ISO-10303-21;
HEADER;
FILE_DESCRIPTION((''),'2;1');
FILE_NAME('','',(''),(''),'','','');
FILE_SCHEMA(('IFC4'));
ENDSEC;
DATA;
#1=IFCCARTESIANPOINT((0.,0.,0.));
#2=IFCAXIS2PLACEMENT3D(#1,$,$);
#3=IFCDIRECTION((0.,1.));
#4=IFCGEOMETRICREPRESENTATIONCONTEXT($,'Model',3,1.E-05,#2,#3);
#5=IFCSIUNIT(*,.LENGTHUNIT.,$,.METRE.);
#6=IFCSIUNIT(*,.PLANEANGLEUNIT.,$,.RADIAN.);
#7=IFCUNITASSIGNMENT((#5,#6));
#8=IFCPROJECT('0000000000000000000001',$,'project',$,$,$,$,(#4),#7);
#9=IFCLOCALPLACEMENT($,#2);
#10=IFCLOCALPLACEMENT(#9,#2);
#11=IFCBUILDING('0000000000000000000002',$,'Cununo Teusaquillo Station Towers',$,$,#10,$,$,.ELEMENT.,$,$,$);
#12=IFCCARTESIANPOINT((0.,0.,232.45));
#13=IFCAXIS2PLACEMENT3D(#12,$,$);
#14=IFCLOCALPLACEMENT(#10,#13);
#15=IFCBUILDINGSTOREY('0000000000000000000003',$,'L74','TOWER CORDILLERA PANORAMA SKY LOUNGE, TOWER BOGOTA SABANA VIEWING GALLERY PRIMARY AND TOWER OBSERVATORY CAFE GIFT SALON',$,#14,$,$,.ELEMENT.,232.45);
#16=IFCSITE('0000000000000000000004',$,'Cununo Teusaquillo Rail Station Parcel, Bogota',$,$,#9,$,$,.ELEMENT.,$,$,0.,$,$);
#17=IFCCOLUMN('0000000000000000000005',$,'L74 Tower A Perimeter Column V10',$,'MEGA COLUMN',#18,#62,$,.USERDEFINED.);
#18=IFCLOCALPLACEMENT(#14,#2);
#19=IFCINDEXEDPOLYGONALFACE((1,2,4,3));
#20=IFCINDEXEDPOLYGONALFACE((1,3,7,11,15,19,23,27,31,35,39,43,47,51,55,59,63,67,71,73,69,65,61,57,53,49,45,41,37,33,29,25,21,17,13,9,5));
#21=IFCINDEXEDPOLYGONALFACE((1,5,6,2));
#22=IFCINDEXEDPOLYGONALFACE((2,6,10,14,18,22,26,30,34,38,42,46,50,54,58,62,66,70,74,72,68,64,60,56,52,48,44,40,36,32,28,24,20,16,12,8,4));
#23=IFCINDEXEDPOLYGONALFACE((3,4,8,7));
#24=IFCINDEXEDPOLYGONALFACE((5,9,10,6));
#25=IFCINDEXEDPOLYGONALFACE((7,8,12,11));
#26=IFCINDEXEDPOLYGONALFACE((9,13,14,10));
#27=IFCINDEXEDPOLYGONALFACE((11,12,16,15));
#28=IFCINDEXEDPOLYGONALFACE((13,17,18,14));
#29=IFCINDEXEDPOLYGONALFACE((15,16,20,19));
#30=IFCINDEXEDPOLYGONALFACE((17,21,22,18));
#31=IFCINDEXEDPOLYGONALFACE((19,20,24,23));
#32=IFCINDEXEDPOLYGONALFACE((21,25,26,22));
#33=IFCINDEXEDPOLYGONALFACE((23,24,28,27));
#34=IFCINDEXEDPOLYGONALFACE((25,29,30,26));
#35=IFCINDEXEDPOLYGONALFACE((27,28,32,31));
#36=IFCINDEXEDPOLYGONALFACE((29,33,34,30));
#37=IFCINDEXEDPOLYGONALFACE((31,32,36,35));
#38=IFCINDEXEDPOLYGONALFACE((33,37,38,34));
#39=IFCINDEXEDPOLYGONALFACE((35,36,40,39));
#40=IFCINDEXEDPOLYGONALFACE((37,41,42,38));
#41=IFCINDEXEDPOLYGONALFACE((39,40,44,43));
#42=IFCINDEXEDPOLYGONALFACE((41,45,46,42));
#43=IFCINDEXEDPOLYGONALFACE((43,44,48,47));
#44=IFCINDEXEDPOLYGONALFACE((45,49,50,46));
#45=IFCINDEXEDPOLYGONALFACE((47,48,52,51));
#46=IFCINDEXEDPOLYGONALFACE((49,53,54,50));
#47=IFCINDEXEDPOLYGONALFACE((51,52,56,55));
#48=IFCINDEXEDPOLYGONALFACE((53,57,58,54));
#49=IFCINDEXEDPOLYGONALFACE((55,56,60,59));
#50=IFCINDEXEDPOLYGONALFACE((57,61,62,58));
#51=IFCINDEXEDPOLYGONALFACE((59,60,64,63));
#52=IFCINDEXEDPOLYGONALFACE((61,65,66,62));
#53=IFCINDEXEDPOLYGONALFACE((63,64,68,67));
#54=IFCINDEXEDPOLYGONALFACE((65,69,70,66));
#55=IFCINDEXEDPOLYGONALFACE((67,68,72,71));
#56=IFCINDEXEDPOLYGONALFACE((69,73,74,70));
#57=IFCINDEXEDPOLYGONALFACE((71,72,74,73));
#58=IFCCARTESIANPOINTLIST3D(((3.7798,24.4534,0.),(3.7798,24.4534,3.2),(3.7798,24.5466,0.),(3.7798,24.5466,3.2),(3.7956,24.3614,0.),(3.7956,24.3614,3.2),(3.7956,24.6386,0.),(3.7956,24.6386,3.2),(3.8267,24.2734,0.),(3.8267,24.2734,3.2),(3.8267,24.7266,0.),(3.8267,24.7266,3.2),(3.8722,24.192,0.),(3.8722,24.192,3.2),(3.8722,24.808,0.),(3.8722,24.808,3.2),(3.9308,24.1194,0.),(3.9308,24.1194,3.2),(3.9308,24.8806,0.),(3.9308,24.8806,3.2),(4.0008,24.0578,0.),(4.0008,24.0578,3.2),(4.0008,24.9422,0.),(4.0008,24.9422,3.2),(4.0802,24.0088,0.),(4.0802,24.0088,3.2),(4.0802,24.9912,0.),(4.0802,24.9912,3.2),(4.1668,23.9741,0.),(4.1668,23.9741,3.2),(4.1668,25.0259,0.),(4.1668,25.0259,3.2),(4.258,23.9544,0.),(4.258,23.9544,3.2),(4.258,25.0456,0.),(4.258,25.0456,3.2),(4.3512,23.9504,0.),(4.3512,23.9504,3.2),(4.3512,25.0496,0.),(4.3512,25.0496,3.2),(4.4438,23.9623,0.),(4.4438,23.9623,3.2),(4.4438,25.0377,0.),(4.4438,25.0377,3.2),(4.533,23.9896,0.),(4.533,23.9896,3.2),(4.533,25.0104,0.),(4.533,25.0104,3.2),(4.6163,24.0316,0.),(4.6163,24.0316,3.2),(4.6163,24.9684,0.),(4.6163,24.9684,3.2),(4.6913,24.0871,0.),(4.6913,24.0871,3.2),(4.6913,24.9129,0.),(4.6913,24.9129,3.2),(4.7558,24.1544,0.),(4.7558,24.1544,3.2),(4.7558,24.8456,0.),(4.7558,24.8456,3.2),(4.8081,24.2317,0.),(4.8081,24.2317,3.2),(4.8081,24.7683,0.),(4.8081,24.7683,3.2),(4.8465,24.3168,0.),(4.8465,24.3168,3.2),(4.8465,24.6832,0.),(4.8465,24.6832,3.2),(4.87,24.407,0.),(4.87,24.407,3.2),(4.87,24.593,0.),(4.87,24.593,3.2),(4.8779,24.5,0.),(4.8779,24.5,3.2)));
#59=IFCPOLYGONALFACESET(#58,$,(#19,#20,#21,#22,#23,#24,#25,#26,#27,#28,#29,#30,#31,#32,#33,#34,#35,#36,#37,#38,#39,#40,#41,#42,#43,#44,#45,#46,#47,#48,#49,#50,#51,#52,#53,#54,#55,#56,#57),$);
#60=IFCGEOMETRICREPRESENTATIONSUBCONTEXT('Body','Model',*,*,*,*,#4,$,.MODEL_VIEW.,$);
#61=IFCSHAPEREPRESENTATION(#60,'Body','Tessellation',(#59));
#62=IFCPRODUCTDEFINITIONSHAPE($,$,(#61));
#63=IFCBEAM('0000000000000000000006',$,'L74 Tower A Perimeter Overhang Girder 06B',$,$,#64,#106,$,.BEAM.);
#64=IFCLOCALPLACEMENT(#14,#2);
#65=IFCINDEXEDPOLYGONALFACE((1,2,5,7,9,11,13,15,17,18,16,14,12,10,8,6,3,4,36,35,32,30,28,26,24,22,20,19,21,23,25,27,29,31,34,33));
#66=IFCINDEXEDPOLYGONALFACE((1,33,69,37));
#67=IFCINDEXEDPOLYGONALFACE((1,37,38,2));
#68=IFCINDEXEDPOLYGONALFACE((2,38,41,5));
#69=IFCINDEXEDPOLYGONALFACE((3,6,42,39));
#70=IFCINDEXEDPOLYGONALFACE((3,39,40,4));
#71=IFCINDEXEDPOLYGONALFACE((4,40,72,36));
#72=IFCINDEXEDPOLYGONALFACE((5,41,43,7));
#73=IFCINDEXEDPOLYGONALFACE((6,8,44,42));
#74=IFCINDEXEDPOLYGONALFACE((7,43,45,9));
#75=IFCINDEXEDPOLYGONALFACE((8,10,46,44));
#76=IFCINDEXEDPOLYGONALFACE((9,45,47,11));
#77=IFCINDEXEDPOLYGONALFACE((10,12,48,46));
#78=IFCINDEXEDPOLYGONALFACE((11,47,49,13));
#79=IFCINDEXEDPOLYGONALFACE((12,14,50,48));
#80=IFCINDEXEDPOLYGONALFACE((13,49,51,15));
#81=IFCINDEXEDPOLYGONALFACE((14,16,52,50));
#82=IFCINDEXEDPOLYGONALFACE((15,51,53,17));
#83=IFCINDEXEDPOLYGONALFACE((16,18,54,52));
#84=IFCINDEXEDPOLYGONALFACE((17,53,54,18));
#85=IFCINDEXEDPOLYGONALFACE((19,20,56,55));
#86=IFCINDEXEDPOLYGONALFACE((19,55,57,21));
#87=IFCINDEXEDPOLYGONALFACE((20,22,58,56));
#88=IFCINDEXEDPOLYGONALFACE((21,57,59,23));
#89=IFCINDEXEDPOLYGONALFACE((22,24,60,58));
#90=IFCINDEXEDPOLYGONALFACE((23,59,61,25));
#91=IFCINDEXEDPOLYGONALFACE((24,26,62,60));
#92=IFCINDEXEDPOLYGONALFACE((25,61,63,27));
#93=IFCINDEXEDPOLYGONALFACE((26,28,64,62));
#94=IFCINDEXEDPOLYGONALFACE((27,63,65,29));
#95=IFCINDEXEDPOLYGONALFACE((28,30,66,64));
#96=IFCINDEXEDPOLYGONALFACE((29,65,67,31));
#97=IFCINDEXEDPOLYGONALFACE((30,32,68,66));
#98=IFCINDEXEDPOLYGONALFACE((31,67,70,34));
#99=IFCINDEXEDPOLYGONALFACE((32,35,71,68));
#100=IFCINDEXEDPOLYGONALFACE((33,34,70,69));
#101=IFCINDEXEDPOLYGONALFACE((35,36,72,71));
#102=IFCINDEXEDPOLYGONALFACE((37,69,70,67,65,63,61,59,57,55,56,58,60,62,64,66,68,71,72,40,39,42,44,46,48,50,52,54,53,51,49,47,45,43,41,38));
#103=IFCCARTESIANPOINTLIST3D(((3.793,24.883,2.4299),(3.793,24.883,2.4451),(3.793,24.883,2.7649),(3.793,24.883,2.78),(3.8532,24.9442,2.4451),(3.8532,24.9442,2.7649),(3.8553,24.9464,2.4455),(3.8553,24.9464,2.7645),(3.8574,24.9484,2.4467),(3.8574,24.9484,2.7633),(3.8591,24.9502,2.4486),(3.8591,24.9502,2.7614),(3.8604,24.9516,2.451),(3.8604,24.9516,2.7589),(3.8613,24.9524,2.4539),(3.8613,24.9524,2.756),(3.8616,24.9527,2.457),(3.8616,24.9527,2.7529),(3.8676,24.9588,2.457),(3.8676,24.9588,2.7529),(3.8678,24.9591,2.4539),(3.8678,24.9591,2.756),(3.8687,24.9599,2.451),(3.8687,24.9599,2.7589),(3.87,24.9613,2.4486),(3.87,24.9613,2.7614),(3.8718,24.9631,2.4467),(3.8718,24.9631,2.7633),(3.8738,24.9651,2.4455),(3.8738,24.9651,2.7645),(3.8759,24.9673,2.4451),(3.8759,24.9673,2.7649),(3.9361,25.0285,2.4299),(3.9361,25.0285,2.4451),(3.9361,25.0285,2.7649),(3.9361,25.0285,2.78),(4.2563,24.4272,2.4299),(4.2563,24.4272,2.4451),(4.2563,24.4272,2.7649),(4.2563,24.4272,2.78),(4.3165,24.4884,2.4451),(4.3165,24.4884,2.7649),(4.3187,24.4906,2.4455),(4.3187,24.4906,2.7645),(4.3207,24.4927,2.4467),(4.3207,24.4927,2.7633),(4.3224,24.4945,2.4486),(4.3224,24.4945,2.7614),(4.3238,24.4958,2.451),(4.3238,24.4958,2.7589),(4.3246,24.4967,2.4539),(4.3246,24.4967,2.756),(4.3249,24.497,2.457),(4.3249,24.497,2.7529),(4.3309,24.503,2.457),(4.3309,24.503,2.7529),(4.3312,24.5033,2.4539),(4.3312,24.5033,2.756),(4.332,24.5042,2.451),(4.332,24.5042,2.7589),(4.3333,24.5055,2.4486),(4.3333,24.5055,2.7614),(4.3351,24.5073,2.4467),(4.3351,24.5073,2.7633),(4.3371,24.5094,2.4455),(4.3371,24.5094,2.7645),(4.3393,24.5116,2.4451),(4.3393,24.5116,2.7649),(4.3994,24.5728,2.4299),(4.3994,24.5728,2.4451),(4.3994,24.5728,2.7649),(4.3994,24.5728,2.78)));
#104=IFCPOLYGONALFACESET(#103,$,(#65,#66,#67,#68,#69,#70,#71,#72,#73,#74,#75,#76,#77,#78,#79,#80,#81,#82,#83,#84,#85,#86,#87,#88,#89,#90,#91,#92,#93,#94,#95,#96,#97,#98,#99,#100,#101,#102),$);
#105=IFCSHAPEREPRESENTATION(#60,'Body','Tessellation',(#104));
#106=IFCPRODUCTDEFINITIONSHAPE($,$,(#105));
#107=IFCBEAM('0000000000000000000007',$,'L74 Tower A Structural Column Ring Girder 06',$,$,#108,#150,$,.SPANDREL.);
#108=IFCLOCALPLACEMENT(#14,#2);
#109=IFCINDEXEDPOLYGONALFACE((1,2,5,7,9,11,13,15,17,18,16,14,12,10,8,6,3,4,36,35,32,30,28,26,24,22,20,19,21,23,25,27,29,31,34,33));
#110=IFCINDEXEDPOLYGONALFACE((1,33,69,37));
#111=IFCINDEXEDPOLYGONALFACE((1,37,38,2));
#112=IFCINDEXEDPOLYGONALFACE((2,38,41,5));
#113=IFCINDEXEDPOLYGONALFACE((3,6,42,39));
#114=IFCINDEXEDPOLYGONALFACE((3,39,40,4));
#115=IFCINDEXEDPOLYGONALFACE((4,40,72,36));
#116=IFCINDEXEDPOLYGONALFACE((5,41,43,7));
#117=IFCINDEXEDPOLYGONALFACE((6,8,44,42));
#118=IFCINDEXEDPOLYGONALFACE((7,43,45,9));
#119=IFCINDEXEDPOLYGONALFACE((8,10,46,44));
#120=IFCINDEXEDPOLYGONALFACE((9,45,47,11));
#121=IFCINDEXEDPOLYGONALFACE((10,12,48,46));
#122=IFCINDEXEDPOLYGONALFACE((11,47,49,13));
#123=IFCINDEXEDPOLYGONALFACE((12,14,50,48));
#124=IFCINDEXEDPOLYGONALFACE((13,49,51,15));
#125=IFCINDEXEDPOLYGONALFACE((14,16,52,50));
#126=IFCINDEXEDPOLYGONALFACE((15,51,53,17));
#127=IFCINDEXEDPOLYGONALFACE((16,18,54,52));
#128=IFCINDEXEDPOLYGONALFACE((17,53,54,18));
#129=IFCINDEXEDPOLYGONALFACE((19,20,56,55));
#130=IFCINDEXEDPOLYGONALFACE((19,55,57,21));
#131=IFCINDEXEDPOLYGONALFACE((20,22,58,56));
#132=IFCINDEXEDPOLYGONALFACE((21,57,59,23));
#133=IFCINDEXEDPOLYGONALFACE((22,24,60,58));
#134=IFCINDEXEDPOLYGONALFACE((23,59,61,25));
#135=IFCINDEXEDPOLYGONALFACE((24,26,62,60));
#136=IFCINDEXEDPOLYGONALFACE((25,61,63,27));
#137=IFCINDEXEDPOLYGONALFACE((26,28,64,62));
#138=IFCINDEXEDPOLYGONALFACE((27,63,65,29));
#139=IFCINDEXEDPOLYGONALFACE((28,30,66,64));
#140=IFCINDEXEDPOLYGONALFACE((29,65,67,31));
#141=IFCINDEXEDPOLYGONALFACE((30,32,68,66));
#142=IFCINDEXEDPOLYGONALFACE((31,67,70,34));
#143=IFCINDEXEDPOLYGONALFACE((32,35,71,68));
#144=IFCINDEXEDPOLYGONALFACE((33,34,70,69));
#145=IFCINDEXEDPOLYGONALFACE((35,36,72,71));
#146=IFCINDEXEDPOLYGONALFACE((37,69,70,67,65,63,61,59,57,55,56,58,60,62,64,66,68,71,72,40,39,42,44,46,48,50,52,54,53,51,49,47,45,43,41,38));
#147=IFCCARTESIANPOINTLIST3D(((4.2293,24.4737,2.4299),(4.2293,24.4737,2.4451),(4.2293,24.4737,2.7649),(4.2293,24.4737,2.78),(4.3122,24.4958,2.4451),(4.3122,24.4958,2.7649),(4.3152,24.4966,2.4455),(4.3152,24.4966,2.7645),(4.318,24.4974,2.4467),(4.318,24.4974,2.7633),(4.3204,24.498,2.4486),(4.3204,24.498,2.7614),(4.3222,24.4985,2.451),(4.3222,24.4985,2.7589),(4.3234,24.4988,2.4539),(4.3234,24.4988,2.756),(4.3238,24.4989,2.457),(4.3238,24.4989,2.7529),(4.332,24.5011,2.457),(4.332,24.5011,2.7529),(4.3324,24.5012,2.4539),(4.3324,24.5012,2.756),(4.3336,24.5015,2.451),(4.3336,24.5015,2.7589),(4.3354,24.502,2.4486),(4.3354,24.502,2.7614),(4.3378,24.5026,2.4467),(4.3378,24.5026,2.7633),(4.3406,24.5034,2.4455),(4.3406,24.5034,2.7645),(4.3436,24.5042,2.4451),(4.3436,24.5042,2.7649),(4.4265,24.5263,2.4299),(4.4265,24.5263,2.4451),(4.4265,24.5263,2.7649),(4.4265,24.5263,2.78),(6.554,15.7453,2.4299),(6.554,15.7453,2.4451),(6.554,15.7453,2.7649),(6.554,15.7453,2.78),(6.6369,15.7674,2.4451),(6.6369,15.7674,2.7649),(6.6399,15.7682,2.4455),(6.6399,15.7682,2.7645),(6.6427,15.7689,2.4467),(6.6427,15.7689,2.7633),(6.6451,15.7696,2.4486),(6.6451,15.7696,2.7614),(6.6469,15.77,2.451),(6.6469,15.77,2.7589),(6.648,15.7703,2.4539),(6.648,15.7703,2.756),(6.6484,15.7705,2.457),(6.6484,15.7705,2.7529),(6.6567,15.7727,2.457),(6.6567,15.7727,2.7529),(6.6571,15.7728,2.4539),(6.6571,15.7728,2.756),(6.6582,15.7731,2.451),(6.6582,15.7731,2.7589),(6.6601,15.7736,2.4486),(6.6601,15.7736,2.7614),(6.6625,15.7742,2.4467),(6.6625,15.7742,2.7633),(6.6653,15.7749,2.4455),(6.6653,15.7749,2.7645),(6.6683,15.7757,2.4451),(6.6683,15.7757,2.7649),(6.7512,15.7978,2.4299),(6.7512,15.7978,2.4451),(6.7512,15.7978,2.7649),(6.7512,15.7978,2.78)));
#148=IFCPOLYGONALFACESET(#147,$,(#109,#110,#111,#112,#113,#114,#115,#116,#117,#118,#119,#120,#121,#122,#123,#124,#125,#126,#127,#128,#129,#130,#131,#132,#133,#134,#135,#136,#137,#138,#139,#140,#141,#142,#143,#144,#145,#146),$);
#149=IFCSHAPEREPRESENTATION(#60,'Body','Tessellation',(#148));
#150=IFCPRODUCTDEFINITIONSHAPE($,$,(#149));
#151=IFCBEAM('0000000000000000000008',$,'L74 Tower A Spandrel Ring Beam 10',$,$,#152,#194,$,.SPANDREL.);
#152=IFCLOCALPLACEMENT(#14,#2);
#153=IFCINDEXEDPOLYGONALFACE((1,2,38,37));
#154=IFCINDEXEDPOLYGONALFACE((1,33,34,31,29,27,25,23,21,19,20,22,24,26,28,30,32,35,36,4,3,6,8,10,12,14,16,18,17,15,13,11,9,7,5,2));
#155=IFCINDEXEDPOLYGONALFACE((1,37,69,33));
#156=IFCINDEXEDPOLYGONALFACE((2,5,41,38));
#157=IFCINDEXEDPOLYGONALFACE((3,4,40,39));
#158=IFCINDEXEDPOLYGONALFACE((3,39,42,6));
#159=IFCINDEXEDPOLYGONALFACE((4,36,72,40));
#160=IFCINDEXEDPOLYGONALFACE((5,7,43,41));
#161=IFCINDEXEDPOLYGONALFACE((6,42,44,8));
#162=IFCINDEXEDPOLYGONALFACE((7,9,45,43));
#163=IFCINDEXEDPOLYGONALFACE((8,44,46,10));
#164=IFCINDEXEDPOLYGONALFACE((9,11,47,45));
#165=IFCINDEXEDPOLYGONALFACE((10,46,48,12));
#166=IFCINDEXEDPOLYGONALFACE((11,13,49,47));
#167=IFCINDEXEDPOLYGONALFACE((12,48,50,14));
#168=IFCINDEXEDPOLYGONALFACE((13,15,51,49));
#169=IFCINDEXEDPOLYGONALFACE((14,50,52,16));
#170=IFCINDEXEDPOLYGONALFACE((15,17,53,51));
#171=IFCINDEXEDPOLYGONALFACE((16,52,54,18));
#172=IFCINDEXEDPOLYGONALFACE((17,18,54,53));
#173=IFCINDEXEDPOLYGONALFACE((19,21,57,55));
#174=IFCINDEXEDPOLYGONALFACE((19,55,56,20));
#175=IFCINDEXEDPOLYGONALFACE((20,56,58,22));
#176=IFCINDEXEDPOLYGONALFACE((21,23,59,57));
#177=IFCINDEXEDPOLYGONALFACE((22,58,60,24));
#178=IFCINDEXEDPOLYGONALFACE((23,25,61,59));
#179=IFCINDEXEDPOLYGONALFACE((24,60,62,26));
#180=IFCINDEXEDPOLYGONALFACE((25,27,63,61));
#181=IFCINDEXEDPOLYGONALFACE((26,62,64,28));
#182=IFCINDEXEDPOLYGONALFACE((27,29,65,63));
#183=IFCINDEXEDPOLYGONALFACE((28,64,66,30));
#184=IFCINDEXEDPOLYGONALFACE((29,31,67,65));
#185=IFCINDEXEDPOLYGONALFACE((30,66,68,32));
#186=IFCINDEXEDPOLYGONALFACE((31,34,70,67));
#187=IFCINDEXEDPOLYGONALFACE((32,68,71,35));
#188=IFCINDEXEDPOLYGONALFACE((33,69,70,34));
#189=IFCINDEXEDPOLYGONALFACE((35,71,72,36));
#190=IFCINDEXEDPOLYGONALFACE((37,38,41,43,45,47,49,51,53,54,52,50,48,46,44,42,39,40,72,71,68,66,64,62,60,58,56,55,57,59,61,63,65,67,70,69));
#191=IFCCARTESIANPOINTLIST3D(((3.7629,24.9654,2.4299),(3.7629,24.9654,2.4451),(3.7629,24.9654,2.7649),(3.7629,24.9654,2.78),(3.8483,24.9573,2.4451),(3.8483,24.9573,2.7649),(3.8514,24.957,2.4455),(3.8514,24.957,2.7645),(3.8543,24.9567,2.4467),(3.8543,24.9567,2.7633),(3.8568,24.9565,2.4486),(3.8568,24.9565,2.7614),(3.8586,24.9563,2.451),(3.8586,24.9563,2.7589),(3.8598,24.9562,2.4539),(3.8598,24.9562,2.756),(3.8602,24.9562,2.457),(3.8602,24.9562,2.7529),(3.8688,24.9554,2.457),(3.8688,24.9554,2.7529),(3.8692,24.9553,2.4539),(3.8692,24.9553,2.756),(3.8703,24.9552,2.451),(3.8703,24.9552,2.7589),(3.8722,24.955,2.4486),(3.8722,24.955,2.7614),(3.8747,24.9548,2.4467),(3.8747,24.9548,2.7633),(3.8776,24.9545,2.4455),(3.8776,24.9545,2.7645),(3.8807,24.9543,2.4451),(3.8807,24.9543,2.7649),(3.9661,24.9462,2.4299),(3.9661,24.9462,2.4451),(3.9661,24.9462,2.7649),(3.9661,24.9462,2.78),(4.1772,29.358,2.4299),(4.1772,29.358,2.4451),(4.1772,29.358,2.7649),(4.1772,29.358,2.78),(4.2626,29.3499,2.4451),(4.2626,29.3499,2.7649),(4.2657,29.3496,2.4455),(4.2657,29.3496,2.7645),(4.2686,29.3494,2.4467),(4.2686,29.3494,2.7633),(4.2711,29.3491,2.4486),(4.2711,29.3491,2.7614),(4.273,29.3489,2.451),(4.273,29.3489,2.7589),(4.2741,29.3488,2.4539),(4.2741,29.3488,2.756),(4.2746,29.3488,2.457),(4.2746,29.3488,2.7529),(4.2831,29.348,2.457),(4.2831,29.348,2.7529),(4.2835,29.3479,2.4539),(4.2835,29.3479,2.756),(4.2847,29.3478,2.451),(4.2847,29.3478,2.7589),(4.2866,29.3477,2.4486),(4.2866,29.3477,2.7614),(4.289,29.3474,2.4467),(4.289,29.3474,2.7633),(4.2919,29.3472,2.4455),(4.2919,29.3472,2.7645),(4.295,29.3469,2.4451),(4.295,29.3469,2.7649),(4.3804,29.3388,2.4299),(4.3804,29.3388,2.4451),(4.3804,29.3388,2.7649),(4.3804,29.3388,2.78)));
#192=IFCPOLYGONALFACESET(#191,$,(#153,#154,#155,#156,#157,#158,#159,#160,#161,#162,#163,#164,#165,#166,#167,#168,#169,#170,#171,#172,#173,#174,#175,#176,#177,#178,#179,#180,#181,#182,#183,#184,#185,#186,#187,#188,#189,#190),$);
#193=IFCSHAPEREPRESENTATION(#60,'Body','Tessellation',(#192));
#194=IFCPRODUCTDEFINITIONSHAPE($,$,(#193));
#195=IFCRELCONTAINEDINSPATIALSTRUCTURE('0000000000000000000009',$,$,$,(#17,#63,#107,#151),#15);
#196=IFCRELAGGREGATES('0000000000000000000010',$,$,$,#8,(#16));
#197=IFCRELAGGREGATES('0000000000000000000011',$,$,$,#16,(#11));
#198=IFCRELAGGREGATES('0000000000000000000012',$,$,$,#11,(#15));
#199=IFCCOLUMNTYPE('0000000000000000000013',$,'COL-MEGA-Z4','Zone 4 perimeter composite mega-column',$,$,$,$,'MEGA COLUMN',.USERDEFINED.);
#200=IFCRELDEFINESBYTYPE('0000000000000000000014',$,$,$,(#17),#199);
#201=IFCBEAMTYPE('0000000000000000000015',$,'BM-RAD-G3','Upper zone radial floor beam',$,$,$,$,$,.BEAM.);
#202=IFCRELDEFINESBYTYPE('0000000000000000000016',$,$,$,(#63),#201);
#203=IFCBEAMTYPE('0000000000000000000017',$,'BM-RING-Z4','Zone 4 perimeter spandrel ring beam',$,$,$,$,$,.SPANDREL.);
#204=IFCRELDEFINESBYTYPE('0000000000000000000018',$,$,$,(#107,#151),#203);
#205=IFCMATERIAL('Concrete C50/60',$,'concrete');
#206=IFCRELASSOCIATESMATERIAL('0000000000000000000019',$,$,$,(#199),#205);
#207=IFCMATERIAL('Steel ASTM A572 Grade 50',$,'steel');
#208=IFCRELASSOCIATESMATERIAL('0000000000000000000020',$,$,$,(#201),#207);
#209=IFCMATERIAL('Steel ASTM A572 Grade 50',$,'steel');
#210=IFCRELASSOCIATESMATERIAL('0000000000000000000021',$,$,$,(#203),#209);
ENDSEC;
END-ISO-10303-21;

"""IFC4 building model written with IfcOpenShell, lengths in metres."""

from ifc_helpers import new_model, si_unit, direction, frame, origin, origin_2d, place, context, subcontext, project, spatial, circle, i_section, extrude, material, material_profile, profile_set, type_object, element, save


model = new_model("IFC4")

# Units and contexts
model_context = context("Model", 3, precision=1e-05, world=origin(), true_north=direction((0.0, 1.0)))
body_context = subcontext(model_context, "Body", "Model", "MODEL_VIEW")
ifc_project = project(units=[si_unit("LENGTHUNIT", "METRE"), si_unit("PLANEANGLEUNIT", "RADIAN")], contexts=[model_context])

# Site, building, storey
site_placement = place(None, origin())
site = spatial("IfcSite", under=ifc_project, at=site_placement, Name="Cununo Teusaquillo Rail Station Parcel, Bogota", CompositionType="ELEMENT", RefElevation=0.0)
building_placement = place(site_placement, origin())
building = spatial("IfcBuilding", under=site, at=building_placement, Name="Cununo Teusaquillo Station Towers", CompositionType="ELEMENT")
storey_placement = place(building_placement, frame((0.0, 0.0, 232.45)))
storey = spatial("IfcBuildingStorey", under=building, at=storey_placement, Name="L74", Description="TOWER CORDILLERA PANORAMA SKY LOUNGE, TOWER BOGOTA SABANA VIEWING GALLERY PRIMARY AND TOWER OBSERVATORY CAFE GIFT SALON", CompositionType="ELEMENT", Elevation=232.45)

# Column
ifc_material_1 = material(Name="Concrete C50/60", Category="concrete")
ifc_material_profile_1 = material_profile(ifc_material_1, circle(Radius=0.55, at=origin_2d()), Name="RC-CIRC-1100")
ifc_profile_set_1 = profile_set([ifc_material_profile_1], Name="Concrete C50/60")
column_type = type_object("IfcColumnType", Name="COL-MEGA-Z4", Description="Zone 4 perimeter composite mega-column", ElementType="MEGA COLUMN", PredefinedType="USERDEFINED", material=ifc_profile_set_1)
column_placement = place(storey_placement, frame((4.3279, 24.5, 0.0), z_axis=(0.0, 0.0, 1.0), x_axis=(1.0, 0.0, 0.0)))
element("IfcColumn", 1, at=column_placement, inside=storey, type_object=column_type, Name="L74 Tower A Perimeter Column V10", ObjectType="MEGA COLUMN", PredefinedType="USERDEFINED", context=body_context, shape_type="SweptSolid", body=[
    extrude(circle(Radius=0.55, at=origin_2d()), origin(), (0.0, 0.0, 1.0), 3.2),
])

# Beams
ifc_material_2 = material(Name="Steel ASTM A572 Grade 50", Category="steel")
ifc_material_profile_2 = material_profile(ifc_material_2, i_section(OverallWidth=0.2041, OverallDepth=0.3501, WebThickness=0.0085, FlangeThickness=0.0151, FilletRadius=0.012, at=origin_2d()), Name="W14X48")
ifc_profile_set_2 = profile_set([ifc_material_profile_2], Name="Steel ASTM A572 Grade 50")
beam_type_1 = type_object("IfcBeamType", Name="BM-RAD-G3", Description="Upper zone radial floor beam", PredefinedType="BEAM", material=ifc_profile_set_2)
beam_1_placement = place(storey_placement, frame((4.3279, 24.5, 2.605), z_axis=(-0.712905, 0.701261, 0.0), x_axis=(-0.701261, -0.712905, 0.0)))
element("IfcBeam", 2, at=beam_1_placement, inside=storey, type_object=beam_type_1, Name="L74 Tower A Perimeter Overhang Girder 06B", PredefinedType="BEAM", context=body_context, shape_type="SweptSolid", body=[
    extrude(i_section(OverallWidth=0.2041, OverallDepth=0.3501, WebThickness=0.0085, FlangeThickness=0.0151, FilletRadius=0.012, at=origin_2d()), origin(), (0.0, 0.0, 1.0), 0.6499),
])
ifc_material_3 = material(Name="Steel ASTM A572 Grade 50", Category="steel")
ifc_material_profile_3 = material_profile(ifc_material_3, i_section(OverallWidth=0.2041, OverallDepth=0.3501, WebThickness=0.0085, FlangeThickness=0.0151, FilletRadius=0.012, at=origin_2d()), Name="W14X48")
ifc_profile_set_3 = profile_set([ifc_material_profile_3], Name="Steel ASTM A572 Grade 50")
beam_type_2 = type_object("IfcBeamType", Name="BM-RING-Z4", Description="Zone 4 perimeter spandrel ring beam", PredefinedType="SPANDREL", material=ifc_profile_set_3)
beam_2_placement = place(storey_placement, frame((4.3279, 24.5, 2.605), z_axis=(0.257363, -0.966315, 0.0), x_axis=(0.966315, 0.257363, 0.0)))
element("IfcBeam", 3, at=beam_2_placement, inside=storey, type_object=beam_type_2, Name="L74 Tower A Structural Column Ring Girder 06", PredefinedType="SPANDREL", context=body_context, shape_type="SweptSolid", body=[
    extrude(i_section(OverallWidth=0.2041, OverallDepth=0.3501, WebThickness=0.0085, FlangeThickness=0.0151, FilletRadius=0.012, at=origin_2d()), origin(), (0.0, 0.0, 1.0), 9.0327),
])
beam_3_placement = place(storey_placement, frame((4.2788, 29.3484, 2.605), z_axis=(-0.093903, -0.995581, 0.0), x_axis=(0.995581, -0.093903, 0.0)))
element("IfcBeam", 4, at=beam_3_placement, inside=storey, type_object=beam_type_2, Name="L74 Tower A Spandrel Ring Beam 10", PredefinedType="SPANDREL", context=body_context, shape_type="SweptSolid", body=[
    extrude(i_section(OverallWidth=0.2041, OverallDepth=0.3501, WebThickness=0.0085, FlangeThickness=0.0151, FilletRadius=0.012, at=origin_2d()), origin(), (0.0, 0.0, 1.0), 4.4121),
])

save(model, "model.ifc")
